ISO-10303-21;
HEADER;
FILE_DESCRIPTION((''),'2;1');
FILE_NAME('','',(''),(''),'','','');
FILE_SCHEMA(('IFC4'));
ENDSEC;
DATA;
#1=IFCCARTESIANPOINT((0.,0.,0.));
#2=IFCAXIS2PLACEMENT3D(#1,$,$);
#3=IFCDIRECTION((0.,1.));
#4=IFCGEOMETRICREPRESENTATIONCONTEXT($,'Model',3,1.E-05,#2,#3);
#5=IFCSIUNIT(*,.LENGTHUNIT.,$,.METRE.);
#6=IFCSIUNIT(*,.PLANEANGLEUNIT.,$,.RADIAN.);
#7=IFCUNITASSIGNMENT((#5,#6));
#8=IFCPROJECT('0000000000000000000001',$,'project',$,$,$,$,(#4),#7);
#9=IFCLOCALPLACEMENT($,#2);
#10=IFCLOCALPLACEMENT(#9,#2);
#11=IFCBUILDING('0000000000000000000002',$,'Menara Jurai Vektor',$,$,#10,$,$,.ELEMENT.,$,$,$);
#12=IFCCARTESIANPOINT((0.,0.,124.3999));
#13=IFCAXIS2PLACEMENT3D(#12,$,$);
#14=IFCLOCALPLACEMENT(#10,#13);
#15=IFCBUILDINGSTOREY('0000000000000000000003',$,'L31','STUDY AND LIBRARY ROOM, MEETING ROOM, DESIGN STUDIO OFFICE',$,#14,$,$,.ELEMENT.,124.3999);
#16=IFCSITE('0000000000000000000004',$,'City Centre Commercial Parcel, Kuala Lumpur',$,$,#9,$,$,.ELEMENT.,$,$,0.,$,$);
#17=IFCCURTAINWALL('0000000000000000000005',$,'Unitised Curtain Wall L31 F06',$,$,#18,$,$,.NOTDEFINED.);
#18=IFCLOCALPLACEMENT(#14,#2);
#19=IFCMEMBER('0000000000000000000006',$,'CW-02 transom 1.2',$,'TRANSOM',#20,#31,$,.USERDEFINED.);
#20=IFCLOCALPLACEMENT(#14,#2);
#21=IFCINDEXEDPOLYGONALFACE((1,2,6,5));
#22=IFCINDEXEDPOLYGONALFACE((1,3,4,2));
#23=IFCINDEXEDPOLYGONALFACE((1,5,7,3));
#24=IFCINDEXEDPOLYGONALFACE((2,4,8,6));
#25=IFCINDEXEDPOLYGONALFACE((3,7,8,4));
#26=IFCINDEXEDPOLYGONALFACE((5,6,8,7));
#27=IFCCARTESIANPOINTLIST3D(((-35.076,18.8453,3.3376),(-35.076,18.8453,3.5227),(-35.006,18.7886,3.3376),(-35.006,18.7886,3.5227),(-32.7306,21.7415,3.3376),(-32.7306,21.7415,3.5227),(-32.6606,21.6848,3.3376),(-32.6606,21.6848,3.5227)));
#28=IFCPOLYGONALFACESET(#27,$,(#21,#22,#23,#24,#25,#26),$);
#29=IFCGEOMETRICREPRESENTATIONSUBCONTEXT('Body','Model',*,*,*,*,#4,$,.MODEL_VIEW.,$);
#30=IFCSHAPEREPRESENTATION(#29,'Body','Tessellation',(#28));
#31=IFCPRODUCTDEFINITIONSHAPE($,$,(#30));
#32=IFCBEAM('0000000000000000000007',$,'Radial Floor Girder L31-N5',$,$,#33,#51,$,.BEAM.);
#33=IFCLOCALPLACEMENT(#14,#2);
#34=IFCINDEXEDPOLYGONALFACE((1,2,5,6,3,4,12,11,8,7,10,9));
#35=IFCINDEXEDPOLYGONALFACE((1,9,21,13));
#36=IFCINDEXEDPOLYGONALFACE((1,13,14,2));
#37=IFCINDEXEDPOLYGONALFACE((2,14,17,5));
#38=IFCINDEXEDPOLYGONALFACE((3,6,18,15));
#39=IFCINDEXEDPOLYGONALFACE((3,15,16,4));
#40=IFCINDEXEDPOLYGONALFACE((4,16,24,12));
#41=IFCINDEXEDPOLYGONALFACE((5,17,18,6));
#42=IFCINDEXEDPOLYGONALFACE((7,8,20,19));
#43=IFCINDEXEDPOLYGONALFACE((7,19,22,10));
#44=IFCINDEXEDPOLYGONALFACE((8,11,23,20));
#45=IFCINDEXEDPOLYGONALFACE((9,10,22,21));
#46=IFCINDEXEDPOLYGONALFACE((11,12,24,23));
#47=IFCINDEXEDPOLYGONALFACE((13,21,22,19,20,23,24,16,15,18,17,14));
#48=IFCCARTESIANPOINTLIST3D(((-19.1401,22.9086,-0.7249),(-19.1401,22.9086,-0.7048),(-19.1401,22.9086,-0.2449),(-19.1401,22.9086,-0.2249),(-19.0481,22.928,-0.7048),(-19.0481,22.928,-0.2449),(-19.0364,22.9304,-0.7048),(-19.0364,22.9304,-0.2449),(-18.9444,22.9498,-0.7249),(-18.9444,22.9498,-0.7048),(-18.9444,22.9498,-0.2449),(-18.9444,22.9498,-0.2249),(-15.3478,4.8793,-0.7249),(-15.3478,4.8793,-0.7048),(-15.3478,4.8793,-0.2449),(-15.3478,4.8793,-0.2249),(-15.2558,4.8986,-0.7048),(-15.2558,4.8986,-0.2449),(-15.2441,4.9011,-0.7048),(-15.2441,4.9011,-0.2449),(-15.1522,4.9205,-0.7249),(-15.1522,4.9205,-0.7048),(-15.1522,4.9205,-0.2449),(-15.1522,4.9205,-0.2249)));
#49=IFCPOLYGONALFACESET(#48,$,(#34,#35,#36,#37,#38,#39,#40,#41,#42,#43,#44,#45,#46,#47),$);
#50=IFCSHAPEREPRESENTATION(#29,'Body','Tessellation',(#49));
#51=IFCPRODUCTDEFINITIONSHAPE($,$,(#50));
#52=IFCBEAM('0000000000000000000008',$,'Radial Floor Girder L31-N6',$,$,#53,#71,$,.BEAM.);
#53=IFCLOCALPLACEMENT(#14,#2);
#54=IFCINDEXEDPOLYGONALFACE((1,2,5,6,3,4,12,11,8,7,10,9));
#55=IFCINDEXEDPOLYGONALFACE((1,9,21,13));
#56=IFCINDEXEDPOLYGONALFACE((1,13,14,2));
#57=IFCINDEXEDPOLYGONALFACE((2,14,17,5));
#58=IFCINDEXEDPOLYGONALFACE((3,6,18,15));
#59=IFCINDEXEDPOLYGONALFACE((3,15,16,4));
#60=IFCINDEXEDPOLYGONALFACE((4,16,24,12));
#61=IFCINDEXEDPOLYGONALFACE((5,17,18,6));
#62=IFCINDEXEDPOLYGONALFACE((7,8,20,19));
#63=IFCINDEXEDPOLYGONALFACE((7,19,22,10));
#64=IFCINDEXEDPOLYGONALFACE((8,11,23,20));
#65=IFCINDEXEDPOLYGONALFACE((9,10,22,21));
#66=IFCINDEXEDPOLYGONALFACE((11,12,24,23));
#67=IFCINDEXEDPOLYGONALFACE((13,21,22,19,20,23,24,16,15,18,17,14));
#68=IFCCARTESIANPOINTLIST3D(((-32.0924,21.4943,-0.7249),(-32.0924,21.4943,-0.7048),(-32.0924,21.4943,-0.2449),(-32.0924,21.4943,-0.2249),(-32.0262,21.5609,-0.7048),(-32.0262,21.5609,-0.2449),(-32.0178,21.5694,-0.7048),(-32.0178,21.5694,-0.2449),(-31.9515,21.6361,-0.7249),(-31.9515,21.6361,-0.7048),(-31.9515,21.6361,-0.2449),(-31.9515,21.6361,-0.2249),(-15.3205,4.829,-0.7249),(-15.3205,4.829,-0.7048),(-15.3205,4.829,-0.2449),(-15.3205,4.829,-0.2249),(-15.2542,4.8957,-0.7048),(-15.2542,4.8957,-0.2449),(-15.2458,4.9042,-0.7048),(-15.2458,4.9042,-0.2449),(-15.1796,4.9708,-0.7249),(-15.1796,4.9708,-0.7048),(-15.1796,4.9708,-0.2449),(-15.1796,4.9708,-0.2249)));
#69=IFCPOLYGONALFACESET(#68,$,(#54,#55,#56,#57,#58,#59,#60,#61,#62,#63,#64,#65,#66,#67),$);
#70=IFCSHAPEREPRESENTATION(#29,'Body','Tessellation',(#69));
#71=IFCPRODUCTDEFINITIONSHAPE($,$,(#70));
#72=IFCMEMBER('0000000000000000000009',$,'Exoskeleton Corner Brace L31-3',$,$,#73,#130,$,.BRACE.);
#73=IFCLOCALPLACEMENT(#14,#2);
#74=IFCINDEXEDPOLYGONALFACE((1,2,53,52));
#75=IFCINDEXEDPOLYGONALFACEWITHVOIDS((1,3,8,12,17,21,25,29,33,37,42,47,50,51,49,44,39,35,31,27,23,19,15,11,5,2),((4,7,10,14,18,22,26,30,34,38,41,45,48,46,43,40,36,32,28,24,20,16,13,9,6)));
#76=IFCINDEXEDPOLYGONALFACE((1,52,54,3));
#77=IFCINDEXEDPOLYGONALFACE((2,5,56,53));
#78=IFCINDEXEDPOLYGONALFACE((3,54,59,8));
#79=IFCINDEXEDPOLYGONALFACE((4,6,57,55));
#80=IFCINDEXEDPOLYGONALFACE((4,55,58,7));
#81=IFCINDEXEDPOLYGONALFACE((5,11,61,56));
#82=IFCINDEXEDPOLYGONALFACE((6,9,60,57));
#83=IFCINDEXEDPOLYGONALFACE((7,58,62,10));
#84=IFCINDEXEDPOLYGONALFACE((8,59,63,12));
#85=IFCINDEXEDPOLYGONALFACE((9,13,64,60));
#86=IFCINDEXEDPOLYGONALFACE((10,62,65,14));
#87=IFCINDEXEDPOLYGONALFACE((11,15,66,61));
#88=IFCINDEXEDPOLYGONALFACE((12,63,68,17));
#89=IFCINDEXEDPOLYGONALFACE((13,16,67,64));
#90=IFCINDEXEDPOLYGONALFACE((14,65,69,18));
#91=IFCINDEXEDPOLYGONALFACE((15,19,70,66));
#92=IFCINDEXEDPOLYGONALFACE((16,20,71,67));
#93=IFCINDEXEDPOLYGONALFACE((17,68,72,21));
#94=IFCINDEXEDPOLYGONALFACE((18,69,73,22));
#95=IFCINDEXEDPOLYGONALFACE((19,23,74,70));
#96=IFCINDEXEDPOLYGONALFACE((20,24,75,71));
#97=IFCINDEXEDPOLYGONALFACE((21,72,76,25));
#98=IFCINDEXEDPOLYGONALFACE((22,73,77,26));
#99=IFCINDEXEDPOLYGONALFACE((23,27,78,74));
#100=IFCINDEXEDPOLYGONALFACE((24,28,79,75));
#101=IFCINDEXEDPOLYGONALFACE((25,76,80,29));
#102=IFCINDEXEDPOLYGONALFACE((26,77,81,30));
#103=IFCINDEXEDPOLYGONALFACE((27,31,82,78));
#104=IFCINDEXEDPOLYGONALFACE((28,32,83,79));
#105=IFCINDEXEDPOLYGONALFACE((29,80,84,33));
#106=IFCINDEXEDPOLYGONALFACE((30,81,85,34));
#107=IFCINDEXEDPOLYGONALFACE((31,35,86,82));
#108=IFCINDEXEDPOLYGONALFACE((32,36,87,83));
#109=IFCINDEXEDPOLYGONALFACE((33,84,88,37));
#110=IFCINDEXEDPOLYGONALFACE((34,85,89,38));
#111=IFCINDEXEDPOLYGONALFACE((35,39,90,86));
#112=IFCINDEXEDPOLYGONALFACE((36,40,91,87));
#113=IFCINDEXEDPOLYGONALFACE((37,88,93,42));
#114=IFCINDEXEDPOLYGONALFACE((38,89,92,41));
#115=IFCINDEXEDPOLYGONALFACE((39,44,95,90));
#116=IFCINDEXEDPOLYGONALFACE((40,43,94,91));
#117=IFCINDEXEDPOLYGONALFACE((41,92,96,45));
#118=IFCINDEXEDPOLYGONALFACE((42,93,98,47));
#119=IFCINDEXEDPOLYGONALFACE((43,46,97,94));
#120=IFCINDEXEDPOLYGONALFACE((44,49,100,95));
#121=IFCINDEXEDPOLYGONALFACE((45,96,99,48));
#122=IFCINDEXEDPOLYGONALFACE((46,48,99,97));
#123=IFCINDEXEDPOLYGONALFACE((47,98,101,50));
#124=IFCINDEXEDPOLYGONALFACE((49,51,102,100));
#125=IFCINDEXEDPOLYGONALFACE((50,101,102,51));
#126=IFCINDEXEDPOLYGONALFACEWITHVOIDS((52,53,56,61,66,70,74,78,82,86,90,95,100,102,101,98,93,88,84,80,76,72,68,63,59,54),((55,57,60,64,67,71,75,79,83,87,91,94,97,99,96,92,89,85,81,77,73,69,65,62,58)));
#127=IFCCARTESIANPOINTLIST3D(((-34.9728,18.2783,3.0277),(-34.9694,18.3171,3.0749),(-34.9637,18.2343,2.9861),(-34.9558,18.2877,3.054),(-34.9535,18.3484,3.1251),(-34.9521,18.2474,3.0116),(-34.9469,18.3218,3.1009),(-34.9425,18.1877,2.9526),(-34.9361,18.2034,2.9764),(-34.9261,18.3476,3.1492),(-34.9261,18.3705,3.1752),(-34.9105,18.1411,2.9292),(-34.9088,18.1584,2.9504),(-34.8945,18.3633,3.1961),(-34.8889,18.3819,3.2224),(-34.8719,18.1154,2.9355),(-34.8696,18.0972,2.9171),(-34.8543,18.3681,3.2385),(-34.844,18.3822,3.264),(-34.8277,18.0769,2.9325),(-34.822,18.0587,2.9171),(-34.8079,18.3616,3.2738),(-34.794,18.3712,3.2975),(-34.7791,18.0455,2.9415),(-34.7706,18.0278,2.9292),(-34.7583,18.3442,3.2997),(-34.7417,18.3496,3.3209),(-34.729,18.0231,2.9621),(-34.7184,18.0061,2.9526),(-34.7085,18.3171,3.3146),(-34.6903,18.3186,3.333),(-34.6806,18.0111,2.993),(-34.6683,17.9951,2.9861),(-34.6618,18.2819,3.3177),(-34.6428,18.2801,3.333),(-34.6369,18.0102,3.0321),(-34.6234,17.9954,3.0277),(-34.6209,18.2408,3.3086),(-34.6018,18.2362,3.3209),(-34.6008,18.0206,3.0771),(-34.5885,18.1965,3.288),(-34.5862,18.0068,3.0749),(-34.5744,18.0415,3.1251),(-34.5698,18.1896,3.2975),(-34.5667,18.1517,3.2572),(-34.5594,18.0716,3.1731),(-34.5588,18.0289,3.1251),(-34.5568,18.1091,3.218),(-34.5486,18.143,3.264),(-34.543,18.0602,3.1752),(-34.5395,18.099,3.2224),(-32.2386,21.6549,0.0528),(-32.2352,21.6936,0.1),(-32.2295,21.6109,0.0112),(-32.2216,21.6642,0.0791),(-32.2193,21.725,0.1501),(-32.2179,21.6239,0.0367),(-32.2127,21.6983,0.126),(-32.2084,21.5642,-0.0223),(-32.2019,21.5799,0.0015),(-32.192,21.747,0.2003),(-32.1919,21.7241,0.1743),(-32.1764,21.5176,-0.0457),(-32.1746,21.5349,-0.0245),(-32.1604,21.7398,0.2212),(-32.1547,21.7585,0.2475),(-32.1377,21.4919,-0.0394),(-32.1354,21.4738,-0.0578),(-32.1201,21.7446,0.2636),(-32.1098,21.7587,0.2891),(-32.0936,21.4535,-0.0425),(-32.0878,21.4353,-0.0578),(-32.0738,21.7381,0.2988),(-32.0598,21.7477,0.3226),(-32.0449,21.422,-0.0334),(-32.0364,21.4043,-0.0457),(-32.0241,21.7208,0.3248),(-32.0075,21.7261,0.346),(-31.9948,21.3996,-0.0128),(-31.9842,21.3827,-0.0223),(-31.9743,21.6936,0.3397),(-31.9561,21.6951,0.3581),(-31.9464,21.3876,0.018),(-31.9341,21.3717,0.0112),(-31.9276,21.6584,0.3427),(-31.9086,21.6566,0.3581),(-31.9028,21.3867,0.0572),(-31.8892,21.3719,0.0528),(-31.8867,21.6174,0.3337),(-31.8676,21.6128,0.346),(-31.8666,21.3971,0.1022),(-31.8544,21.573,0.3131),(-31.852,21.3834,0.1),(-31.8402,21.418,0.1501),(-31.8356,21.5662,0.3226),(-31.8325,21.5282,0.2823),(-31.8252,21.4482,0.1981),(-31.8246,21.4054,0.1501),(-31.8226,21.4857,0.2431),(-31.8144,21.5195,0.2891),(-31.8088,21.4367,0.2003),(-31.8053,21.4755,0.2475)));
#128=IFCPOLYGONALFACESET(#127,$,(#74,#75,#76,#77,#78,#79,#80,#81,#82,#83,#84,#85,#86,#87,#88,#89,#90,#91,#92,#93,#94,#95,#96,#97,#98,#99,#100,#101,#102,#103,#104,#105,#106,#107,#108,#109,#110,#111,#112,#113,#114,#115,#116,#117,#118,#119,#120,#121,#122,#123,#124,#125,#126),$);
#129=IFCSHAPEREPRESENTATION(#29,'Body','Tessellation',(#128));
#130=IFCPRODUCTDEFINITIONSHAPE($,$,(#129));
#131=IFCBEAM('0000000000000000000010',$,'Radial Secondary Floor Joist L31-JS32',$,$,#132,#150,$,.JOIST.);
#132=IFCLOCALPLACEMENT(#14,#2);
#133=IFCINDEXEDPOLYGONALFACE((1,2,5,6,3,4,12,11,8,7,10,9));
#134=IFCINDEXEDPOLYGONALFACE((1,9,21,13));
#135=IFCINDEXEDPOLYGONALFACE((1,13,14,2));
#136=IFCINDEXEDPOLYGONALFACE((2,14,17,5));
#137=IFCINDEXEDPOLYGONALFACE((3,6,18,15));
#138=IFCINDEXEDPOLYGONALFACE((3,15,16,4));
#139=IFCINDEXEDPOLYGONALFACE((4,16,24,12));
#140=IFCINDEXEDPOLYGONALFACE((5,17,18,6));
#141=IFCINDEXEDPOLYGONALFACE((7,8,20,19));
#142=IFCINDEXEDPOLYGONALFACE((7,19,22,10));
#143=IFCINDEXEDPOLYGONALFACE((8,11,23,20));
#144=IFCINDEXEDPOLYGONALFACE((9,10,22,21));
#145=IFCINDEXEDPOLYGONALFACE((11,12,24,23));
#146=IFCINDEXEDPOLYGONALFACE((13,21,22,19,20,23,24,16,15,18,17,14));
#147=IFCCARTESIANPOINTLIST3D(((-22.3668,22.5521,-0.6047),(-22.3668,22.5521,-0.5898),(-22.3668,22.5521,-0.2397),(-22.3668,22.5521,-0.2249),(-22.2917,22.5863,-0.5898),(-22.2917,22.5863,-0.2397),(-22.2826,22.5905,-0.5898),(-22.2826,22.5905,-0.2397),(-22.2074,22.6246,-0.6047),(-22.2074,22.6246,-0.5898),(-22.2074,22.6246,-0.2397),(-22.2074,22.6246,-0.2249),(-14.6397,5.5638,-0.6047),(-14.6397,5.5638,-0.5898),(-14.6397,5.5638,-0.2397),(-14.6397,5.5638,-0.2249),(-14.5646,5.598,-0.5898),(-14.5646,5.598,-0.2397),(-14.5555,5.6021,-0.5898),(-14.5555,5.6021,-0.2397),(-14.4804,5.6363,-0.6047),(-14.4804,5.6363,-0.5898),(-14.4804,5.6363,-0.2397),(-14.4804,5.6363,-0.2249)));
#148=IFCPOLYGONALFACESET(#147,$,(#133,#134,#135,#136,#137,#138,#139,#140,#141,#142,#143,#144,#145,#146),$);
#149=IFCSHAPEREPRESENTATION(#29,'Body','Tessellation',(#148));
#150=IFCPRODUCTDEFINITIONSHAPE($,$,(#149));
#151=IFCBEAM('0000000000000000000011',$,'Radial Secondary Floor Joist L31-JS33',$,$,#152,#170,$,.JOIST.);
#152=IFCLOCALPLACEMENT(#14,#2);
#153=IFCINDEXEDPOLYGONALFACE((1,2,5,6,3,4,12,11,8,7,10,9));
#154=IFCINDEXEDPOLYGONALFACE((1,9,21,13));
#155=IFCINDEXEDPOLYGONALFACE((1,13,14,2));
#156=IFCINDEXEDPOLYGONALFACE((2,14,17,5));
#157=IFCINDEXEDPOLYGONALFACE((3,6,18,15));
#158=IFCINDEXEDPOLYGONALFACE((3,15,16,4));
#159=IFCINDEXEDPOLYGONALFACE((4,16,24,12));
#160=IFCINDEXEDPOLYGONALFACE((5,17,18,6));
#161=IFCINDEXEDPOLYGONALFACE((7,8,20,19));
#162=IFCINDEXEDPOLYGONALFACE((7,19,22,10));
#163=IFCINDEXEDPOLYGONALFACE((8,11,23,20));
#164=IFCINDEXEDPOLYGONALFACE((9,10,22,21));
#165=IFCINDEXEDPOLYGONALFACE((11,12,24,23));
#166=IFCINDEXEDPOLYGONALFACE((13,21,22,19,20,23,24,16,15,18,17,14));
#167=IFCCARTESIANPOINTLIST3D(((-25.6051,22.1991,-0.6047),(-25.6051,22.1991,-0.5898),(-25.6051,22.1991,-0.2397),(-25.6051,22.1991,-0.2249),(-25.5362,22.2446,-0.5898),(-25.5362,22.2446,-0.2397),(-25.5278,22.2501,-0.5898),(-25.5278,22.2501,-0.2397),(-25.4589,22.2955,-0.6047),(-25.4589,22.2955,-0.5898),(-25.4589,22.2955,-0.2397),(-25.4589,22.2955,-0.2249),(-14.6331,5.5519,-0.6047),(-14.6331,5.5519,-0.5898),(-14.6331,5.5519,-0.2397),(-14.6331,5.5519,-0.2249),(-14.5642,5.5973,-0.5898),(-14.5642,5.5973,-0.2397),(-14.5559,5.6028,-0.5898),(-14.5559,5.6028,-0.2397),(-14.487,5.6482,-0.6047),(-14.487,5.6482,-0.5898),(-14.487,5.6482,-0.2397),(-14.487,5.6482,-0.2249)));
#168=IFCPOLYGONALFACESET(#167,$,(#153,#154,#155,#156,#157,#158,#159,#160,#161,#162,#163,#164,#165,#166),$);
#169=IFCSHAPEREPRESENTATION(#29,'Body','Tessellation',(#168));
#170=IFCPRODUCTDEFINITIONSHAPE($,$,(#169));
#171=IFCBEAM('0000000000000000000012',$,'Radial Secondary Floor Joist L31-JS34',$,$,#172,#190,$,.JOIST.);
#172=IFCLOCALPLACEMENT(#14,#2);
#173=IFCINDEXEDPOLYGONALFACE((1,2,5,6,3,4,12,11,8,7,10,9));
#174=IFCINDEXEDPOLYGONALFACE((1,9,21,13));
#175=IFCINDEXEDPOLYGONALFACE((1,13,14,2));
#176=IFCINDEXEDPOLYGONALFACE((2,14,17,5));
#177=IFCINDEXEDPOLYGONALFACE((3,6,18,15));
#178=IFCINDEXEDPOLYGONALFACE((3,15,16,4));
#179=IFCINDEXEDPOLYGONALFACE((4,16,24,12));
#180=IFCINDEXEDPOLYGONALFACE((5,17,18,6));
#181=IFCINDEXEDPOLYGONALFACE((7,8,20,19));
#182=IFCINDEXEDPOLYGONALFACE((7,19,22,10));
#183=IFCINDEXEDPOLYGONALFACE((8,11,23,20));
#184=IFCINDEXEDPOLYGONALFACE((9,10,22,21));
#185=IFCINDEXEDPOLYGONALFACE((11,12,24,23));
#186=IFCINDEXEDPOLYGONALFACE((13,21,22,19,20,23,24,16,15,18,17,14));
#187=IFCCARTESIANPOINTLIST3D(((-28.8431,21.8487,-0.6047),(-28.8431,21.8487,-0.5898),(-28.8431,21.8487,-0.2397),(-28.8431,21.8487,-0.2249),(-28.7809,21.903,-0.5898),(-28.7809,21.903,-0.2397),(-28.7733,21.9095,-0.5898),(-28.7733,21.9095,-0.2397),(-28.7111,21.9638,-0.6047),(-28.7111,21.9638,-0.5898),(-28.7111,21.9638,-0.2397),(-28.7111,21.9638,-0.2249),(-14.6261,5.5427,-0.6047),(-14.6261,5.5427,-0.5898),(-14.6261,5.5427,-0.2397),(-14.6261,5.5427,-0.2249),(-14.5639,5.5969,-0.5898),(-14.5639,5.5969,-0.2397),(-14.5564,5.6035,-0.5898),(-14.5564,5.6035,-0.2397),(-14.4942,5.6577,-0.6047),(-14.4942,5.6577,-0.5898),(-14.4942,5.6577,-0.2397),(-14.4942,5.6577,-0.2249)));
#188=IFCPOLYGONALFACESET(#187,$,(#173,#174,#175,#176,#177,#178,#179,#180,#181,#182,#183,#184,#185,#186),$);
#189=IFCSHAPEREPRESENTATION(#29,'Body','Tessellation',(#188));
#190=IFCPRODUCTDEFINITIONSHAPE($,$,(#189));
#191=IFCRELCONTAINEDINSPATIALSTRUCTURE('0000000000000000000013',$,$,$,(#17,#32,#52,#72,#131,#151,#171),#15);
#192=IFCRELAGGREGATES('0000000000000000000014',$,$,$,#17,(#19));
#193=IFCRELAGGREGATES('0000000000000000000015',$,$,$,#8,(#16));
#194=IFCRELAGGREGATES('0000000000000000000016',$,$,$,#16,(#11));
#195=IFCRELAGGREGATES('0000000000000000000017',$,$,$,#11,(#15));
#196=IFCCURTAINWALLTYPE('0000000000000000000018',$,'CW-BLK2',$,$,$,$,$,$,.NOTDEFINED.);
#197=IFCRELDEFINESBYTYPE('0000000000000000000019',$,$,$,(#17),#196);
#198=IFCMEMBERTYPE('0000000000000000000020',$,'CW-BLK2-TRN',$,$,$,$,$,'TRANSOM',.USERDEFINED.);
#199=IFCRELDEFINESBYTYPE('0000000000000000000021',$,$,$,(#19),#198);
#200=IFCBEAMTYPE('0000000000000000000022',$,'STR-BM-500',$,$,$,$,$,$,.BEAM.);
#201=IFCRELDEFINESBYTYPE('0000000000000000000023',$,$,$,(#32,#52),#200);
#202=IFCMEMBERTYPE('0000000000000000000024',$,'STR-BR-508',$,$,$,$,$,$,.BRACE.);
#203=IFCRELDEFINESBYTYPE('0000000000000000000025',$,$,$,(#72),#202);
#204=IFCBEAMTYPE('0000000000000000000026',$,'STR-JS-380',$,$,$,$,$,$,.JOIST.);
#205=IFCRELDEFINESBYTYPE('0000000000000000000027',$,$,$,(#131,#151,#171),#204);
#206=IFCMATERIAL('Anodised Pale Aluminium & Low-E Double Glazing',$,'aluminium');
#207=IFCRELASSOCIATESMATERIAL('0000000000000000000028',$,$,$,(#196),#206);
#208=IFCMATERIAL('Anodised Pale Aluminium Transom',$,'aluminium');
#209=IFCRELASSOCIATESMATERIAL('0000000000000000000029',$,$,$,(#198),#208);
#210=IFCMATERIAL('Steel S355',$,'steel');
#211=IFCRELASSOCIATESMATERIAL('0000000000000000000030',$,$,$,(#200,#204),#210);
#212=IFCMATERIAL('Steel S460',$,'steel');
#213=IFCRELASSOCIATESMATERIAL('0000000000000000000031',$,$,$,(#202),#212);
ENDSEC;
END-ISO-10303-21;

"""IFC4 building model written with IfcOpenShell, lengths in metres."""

from ifc_helpers import new_model, si_unit, direction, frame, origin, origin_2d, place, context, subcontext, project, spatial, rectangle, hollow_circle, i_section, extrude, material, material_profile, profile_set, type_object, element, aggregate, save


model = new_model("IFC4")

# Units and contexts
model_context = context("Model", 3, precision=1e-05, world=origin(), true_north=direction((0.0, 1.0)))
body_context = subcontext(model_context, "Body", "Model", "MODEL_VIEW")
ifc_project = project(units=[si_unit("LENGTHUNIT", "METRE"), si_unit("PLANEANGLEUNIT", "RADIAN")], contexts=[model_context])

# Site, building, storey
site_placement = place(None, origin())
site = spatial("IfcSite", under=ifc_project, at=site_placement, Name="City Centre Commercial Parcel, Kuala Lumpur", CompositionType="ELEMENT", RefElevation=0.0)
building_placement = place(site_placement, origin())
building = spatial("IfcBuilding", under=site, at=building_placement, Name="Menara Jurai Vektor", CompositionType="ELEMENT")
storey_placement = place(building_placement, frame((0.0, 0.0, 124.3999)))
storey = spatial("IfcBuildingStorey", under=building, at=storey_placement, Name="L31", Description="STUDY AND LIBRARY ROOM, MEETING ROOM, DESIGN STUDIO OFFICE", CompositionType="ELEMENT", Elevation=124.3999)

# Shared definitions
ifc_material_1 = material(Name="Steel S460", Category="steel")

# Curtain wall
ifc_material_2 = material(Name="Anodised Pale Aluminium & Low-E Double Glazing", Category="aluminium")
curtain_wall_type = type_object("IfcCurtainWallType", Name="CW-BLK2", PredefinedType="NOTDEFINED", material=ifc_material_2)
curtain_wall_1_placement = place(storey_placement, origin())
curtain_wall_1 = element("IfcCurtainWall", 1, at=curtain_wall_1_placement, inside=storey, type_object=curtain_wall_type, Name="Unitised Curtain Wall L31 F06", PredefinedType="NOTDEFINED")

# Member
ifc_material_3 = material(Name="Anodised Pale Aluminium Transom", Category="aluminium")
ifc_material_profile_1 = material_profile(ifc_material_3, rectangle(XDim=0.0901, YDim=0.1851, at=origin_2d()), Name="ALU TRN 90x185")
ifc_profile_set_1 = profile_set([ifc_material_profile_1], Name="Anodised Pale Aluminium Transom")
member_type_1 = type_object("IfcMemberType", Name="CW-BLK2-TRN", ElementType="TRANSOM", PredefinedType="USERDEFINED", material=ifc_profile_set_1)
member_1_placement = place(storey_placement, frame((-32.6956, 21.7131, 3.4302), z_axis=(-0.629341, -0.777129, 0.0), x_axis=(0.777129, -0.629341, 0.0)))
member_1 = element("IfcMember", 2, at=member_1_placement, type_object=member_type_1, Name="CW-02 transom 1.2", ObjectType="TRANSOM", PredefinedType="USERDEFINED", context=body_context, shape_type="SweptSolid", body=[
    extrude(rectangle(XDim=0.0901, YDim=0.1851, at=origin_2d()), origin(), (0.0, 0.0, 1.0), 3.7268),
])

# Beams
ifc_material_4 = material(Name="Steel S355", Category="steel")
ifc_material_profile_2 = material_profile(ifc_material_4, i_section(OverallWidth=0.2, OverallDepth=0.5, WebThickness=0.012, FlangeThickness=0.02, at=origin_2d()), Name="PG 500x200x96")
ifc_profile_set_2 = profile_set([ifc_material_profile_2], Name="Steel S355")
beam_type_1 = type_object("IfcBeamType", Name="STR-BM-500", PredefinedType="BEAM", material=ifc_profile_set_2)
beam_1_placement = place(storey_placement, frame((-19.0422, 22.9292, -0.4749), z_axis=(0.205833, -0.978587, 0.0), x_axis=(0.978587, 0.205833, 0.0)))
element("IfcBeam", 3, at=beam_1_placement, inside=storey, type_object=beam_type_1, Name="Radial Floor Girder L31-N5", PredefinedType="BEAM", context=body_context, shape_type="SweptSolid", body=[
    extrude(i_section(OverallWidth=0.2, OverallDepth=0.5, WebThickness=0.012, FlangeThickness=0.02, at=origin_2d()), origin(), (0.0, 0.0, 1.0), 18.4238),
])
beam_2_placement = place(storey_placement, frame((-32.022, 21.5652, -0.4749), z_axis=(0.709359, -0.704847, 0.0), x_axis=(0.704847, 0.709359, 0.0)))
element("IfcBeam", 4, at=beam_2_placement, inside=storey, type_object=beam_type_1, Name="Radial Floor Girder L31-N6", PredefinedType="BEAM", context=body_context, shape_type="SweptSolid", body=[
    extrude(i_section(OverallWidth=0.2, OverallDepth=0.5, WebThickness=0.012, FlangeThickness=0.02, at=origin_2d()), origin(), (0.0, 0.0, 1.0), 23.6438),
])

# Member
ifc_material_profile_3 = material_profile(ifc_material_1, hollow_circle(Radius=0.2539, WallThickness=0.02, at=origin_2d()), Name="CHS 508x20")
ifc_profile_set_3 = profile_set([ifc_material_profile_3], Name="Steel S460")
member_type_2 = type_object("IfcMemberType", Name="STR-BR-508", PredefinedType="BRACE", material=ifc_profile_set_3)
member_2_placement = place(storey_placement, frame((-32.022, 21.5652, 0.1501), z_axis=(-0.519251, -0.64124, 0.564968), x_axis=(0.777155, -0.62931, 0.0)))
element("IfcMember", 5, at=member_2_placement, inside=storey, type_object=member_type_2, Name="Exoskeleton Corner Brace L31-3", PredefinedType="BRACE", context=body_context, shape_type="SweptSolid", body=[
    extrude(hollow_circle(Radius=0.2539, WallThickness=0.02, at=origin_2d()), origin(), (0.0, 0.0, 1.0), 5.2656),
])

# Beams
ifc_material_profile_4 = material_profile(ifc_material_4, i_section(OverallWidth=0.175, OverallDepth=0.3799, WebThickness=0.01, FlangeThickness=0.0149, at=origin_2d()), Name="PG 380x175x58")
ifc_profile_set_4 = profile_set([ifc_material_profile_4], Name="Steel S355")
beam_type_2 = type_object("IfcBeamType", Name="STR-JS-380", PredefinedType="JOIST", material=ifc_profile_set_4)
beam_3_placement = place(storey_placement, frame((-22.2871, 22.5884, -0.4148), z_axis=(0.41403, -0.910263, 0.0), x_axis=(0.910263, 0.41403, 0.0)))
element("IfcBeam", 6, at=beam_3_placement, inside=storey, type_object=beam_type_2, Name="Radial Secondary Floor Joist L31-JS32", PredefinedType="JOIST", context=body_context, shape_type="SweptSolid", body=[
    extrude(i_section(OverallWidth=0.175, OverallDepth=0.3799, WebThickness=0.01, FlangeThickness=0.0149, at=origin_2d()), origin(), (0.0, 0.0, 1.0), 18.6631),
])
beam_4_placement = place(storey_placement, frame((-25.532, 22.2473, -0.4148), z_axis=(0.55031, -0.834961, 0.0), x_axis=(0.834961, 0.55031, 0.0)))
element("IfcBeam", 7, at=beam_4_placement, inside=storey, type_object=beam_type_2, Name="Radial Secondary Floor Joist L31-JS33", PredefinedType="JOIST", context=body_context, shape_type="SweptSolid", body=[
    extrude(i_section(OverallWidth=0.175, OverallDepth=0.3799, WebThickness=0.01, FlangeThickness=0.0149, at=origin_2d()), origin(), (0.0, 0.0, 1.0), 19.9377),
])
beam_5_placement = place(storey_placement, frame((-28.7771, 21.9062, -0.4148), z_axis=(0.657173, -0.75374, 0.0), x_axis=(0.75374, 0.657173, 0.0)))
element("IfcBeam", 8, at=beam_5_placement, inside=storey, type_object=beam_type_2, Name="Radial Secondary Floor Joist L31-JS34", PredefinedType="JOIST", context=body_context, shape_type="SweptSolid", body=[
    extrude(i_section(OverallWidth=0.175, OverallDepth=0.3799, WebThickness=0.01, FlangeThickness=0.0149, at=origin_2d()), origin(), (0.0, 0.0, 1.0), 21.6335),
])

aggregate(curtain_wall_1, [member_1])

save(model, "model.ifc")
